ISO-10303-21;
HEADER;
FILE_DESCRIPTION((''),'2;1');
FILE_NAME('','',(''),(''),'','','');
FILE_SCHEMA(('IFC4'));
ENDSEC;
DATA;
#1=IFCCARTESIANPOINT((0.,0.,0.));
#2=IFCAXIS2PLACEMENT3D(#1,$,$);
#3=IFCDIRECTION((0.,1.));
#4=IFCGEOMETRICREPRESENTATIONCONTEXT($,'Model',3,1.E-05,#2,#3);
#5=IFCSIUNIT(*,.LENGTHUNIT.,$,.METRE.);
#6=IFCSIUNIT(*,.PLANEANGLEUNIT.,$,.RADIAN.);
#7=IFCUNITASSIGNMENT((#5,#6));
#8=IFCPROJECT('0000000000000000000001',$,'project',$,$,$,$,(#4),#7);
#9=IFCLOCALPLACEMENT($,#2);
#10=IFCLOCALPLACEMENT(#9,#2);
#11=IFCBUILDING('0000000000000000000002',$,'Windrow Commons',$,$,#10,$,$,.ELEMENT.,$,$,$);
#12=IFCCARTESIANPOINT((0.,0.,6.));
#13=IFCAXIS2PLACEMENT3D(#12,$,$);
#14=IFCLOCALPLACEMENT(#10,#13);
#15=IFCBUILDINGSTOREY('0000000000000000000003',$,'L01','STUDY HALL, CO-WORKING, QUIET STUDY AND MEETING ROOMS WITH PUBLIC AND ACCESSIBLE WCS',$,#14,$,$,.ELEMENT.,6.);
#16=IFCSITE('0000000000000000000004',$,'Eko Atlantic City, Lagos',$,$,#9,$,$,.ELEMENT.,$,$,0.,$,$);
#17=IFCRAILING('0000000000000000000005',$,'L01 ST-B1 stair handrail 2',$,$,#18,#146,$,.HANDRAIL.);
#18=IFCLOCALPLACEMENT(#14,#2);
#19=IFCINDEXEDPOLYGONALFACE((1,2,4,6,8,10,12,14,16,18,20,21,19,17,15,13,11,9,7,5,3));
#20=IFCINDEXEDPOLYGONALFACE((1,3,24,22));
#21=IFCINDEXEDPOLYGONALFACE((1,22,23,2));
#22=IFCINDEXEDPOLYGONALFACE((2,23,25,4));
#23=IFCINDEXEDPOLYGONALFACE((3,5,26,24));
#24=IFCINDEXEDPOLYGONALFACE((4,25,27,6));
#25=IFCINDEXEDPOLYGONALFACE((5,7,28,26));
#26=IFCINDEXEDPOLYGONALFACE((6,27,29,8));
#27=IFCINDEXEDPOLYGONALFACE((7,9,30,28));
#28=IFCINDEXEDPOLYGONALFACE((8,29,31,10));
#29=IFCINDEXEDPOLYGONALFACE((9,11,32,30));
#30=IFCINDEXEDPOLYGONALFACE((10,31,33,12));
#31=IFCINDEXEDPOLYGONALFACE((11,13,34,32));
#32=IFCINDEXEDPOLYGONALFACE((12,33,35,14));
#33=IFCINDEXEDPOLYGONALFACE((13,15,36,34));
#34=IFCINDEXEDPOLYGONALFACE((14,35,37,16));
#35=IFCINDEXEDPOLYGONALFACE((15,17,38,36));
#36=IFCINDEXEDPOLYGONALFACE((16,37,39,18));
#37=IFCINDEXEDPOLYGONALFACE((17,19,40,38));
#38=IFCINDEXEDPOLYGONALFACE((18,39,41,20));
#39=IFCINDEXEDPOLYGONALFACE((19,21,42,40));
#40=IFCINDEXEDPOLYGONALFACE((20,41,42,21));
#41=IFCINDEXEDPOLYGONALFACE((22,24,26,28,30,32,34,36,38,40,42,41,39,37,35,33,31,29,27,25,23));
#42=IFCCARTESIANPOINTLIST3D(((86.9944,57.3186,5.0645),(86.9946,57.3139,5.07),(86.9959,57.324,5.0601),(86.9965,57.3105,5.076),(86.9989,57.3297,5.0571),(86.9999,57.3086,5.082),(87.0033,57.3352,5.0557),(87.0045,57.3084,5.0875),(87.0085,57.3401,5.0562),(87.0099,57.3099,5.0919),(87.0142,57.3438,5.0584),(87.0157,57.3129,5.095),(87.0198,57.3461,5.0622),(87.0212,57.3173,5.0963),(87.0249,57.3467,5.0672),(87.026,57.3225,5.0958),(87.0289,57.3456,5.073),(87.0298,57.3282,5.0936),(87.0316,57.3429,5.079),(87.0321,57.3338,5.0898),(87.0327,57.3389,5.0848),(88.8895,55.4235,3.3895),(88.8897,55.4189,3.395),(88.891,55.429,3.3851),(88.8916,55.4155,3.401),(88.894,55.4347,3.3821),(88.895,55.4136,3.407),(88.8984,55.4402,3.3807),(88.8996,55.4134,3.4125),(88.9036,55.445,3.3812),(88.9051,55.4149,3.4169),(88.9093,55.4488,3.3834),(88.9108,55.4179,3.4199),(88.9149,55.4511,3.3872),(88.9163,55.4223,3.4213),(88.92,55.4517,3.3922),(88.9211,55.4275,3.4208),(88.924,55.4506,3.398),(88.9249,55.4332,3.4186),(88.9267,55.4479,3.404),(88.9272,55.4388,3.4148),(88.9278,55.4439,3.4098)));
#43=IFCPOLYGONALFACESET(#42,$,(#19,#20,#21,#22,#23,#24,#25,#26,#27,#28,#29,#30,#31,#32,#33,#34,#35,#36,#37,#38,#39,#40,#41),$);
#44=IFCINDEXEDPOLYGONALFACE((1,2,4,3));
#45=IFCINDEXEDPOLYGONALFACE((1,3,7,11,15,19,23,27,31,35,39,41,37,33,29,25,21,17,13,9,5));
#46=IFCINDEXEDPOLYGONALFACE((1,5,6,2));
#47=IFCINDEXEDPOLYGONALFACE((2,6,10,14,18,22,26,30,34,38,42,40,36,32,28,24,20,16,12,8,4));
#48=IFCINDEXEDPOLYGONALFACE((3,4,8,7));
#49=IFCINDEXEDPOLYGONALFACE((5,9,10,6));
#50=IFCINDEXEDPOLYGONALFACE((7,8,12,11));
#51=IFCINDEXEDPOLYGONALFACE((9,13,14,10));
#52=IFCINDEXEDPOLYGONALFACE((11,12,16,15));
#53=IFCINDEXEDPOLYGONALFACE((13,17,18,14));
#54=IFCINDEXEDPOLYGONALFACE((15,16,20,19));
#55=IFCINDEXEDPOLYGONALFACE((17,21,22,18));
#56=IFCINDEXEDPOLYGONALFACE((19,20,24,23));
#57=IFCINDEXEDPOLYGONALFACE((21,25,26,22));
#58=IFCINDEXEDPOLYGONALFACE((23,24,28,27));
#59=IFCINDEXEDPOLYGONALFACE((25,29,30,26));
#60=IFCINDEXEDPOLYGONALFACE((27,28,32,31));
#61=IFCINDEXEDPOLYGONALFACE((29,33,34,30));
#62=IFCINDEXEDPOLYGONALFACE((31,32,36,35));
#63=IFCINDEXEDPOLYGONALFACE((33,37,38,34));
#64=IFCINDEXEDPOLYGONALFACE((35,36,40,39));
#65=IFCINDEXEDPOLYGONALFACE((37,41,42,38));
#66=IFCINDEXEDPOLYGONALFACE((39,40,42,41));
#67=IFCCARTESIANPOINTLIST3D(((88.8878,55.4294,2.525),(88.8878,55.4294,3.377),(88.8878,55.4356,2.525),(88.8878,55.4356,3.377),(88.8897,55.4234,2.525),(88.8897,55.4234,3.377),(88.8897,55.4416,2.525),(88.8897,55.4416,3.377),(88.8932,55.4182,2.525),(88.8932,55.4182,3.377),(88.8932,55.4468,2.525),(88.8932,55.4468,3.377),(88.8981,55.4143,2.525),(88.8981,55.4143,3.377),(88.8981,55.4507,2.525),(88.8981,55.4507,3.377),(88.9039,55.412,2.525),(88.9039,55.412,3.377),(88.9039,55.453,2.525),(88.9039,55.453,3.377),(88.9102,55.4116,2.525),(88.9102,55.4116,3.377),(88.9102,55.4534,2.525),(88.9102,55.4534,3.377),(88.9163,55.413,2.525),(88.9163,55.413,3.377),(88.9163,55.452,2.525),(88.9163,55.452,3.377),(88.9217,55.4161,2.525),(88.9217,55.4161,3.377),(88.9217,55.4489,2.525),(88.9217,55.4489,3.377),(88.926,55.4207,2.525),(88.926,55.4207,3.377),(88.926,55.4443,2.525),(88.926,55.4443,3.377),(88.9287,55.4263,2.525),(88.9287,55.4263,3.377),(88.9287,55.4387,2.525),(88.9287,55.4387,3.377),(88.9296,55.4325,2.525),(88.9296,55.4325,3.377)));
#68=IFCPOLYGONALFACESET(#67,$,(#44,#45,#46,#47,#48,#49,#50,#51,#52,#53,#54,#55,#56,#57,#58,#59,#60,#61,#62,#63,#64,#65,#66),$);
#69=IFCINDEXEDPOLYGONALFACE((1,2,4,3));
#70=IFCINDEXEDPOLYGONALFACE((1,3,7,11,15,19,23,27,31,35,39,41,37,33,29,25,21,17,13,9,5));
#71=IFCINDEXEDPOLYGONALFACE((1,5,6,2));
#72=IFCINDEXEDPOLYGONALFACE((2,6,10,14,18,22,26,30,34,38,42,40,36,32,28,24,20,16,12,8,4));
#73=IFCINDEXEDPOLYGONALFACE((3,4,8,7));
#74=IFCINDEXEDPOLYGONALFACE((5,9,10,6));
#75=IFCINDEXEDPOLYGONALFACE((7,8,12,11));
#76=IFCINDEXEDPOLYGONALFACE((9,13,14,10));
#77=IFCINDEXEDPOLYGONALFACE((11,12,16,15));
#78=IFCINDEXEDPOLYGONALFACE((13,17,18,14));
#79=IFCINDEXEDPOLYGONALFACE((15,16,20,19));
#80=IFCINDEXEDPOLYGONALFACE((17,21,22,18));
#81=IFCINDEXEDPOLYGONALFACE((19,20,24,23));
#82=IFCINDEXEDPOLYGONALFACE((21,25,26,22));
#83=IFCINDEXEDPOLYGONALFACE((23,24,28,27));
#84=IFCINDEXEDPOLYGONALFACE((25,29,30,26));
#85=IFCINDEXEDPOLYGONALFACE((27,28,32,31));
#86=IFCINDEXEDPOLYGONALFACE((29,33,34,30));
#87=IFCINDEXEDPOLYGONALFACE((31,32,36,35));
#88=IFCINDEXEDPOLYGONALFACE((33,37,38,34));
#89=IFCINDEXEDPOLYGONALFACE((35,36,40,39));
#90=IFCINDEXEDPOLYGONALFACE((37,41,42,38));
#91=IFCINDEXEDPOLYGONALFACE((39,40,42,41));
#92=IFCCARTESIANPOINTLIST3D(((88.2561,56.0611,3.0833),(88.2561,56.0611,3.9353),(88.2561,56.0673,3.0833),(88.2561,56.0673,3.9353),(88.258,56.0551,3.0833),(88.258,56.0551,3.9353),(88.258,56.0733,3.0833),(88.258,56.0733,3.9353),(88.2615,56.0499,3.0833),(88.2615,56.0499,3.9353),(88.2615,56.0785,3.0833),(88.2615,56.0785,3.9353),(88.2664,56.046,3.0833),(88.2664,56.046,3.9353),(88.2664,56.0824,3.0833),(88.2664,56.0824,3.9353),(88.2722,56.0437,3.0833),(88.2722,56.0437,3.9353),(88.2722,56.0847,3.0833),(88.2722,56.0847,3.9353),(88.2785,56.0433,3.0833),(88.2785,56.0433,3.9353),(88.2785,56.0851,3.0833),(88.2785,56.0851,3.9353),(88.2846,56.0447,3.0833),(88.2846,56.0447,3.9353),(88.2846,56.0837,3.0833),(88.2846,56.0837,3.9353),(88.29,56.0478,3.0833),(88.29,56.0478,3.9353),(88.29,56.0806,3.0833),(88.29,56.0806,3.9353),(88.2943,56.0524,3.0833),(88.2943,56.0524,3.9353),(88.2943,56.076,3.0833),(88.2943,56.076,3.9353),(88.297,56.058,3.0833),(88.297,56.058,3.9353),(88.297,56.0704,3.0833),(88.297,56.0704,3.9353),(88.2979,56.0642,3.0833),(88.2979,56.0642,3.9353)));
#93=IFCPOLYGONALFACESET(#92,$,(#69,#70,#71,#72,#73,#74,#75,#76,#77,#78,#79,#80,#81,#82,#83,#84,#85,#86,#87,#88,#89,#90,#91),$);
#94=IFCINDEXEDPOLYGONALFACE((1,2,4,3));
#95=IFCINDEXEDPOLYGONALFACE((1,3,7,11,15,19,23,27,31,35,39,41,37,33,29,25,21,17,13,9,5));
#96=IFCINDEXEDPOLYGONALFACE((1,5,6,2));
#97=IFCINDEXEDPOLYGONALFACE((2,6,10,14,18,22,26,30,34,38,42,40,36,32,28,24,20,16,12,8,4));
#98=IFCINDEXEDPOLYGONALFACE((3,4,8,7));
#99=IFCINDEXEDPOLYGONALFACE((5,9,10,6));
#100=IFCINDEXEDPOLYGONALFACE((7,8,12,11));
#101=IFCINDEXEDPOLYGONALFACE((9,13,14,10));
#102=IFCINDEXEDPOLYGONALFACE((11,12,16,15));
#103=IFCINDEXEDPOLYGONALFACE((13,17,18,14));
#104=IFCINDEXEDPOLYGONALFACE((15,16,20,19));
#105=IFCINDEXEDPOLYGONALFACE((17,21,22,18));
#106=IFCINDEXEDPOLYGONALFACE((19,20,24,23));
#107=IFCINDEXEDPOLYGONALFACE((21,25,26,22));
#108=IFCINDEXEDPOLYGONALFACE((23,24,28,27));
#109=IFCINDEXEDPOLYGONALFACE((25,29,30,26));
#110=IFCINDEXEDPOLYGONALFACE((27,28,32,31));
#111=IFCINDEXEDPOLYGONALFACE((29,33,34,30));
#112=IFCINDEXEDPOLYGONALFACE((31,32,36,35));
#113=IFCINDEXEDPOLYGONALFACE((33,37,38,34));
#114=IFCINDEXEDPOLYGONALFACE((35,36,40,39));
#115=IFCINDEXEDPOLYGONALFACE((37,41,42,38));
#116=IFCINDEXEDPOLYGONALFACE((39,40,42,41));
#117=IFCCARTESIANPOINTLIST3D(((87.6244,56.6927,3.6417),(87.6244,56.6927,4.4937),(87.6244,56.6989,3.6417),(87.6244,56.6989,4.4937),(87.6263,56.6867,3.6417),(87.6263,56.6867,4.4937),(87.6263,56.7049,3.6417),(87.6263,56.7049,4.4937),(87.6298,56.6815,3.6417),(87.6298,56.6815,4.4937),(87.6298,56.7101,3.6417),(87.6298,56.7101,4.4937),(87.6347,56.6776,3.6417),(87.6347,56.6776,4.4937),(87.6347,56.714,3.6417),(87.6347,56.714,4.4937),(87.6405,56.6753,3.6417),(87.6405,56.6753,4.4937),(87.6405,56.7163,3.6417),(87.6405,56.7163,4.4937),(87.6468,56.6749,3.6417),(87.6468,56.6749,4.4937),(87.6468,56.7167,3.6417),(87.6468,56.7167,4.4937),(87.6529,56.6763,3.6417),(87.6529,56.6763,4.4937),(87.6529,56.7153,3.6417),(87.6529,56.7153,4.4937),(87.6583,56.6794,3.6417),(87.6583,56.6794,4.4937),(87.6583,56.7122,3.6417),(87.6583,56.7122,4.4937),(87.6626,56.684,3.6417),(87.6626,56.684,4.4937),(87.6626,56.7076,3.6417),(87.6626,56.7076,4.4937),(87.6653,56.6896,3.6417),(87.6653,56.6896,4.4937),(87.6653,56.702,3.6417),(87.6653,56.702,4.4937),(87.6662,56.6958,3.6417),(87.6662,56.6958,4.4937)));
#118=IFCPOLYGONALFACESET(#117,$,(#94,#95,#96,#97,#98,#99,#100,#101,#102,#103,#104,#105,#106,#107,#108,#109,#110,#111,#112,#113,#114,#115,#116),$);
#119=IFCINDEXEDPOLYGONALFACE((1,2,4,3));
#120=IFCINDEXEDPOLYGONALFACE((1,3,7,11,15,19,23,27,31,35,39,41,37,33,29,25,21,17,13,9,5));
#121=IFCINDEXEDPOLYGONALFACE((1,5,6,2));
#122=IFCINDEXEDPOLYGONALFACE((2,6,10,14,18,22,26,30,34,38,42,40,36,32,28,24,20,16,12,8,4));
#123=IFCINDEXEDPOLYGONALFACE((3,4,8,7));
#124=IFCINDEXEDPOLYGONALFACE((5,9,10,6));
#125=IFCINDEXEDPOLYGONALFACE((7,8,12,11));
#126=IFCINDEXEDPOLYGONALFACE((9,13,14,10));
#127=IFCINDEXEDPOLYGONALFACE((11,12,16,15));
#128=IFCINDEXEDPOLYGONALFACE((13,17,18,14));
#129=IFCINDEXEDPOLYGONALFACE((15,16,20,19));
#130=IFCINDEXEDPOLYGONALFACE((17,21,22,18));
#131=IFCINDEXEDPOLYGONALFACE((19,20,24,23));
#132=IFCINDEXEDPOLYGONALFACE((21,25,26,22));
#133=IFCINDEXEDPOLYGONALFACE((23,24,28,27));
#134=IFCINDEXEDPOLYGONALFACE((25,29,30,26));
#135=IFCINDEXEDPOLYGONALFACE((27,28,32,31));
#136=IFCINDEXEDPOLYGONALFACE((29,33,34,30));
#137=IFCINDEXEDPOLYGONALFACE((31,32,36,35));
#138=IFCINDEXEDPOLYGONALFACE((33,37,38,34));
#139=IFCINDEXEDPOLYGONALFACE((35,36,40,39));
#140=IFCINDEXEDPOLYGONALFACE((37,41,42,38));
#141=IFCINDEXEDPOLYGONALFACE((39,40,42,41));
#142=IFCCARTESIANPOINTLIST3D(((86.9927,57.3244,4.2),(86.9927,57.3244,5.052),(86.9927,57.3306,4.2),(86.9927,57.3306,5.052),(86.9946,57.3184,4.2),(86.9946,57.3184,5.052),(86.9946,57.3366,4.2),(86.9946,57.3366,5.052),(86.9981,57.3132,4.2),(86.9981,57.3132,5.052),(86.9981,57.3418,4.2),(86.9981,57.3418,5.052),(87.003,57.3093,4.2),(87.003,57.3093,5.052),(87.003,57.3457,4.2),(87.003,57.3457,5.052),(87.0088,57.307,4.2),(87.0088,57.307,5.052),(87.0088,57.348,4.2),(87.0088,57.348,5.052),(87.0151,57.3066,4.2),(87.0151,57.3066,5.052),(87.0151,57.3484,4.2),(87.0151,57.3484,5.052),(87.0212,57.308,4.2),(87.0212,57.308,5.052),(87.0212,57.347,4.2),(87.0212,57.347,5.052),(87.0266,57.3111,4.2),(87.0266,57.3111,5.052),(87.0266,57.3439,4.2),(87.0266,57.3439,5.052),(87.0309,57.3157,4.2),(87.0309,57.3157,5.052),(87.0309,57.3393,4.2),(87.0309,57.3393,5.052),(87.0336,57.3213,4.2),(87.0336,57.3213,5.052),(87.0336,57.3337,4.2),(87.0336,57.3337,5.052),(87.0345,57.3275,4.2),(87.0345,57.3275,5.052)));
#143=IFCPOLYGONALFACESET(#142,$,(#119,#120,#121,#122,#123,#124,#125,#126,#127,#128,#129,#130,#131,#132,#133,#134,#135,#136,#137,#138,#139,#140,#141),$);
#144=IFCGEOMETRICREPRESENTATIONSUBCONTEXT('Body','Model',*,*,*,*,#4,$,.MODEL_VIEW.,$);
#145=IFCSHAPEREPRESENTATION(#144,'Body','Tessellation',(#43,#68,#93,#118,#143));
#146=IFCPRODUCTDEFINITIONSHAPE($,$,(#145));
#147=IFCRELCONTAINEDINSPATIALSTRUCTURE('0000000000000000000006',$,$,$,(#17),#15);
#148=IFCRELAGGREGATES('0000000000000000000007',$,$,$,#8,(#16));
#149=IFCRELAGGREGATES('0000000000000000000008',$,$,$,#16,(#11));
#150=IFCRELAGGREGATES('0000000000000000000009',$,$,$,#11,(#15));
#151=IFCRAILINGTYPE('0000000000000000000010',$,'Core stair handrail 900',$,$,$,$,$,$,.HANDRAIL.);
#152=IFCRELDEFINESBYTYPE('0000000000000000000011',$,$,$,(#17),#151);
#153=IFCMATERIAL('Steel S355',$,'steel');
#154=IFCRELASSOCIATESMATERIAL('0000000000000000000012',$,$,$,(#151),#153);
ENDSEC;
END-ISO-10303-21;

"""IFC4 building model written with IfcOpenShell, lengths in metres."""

from ifc_helpers import new_model, si_unit, direction, frame, origin, origin_2d, place, context, subcontext, project, spatial, circle, extrude, material, type_object, element, save


model = new_model("IFC4")

# Units and contexts
model_context = context("Model", 3, precision=1e-05, world=origin(), true_north=direction((0.0, 1.0)))
body_context = subcontext(model_context, "Body", "Model", "MODEL_VIEW")
ifc_project = project(units=[si_unit("LENGTHUNIT", "METRE"), si_unit("PLANEANGLEUNIT", "RADIAN")], contexts=[model_context])

# Site, building, storey
site_placement = place(None, origin())
site = spatial("IfcSite", under=ifc_project, at=site_placement, Name="Eko Atlantic City, Lagos", CompositionType="ELEMENT", RefElevation=0.0)
building_placement = place(site_placement, origin())
building = spatial("IfcBuilding", under=site, at=building_placement, Name="Windrow Commons", CompositionType="ELEMENT")
storey_placement = place(building_placement, frame((0.0, 0.0, 6.0)))
storey = spatial("IfcBuildingStorey", under=building, at=storey_placement, Name="L01", Description="STUDY HALL, CO-WORKING, QUIET STUDY AND MEETING ROOMS WITH PUBLIC AND ACCESSIBLE WCS", CompositionType="ELEMENT", Elevation=6.0)

# Railing
ifc_material_1 = material(Name="Steel S355", Category="steel")
railing_type_1 = type_object("IfcRailingType", Name="Core stair handrail 900", PredefinedType="HANDRAIL", material=ifc_material_1)
railing_1_placement = place(storey_placement, frame((88.9086, 55.4325, 2.525)))
element("IfcRailing", 1, at=railing_1_placement, inside=storey, type_object=railing_type_1, Name="L01 ST-B1 stair handrail 2", PredefinedType="HANDRAIL", context=body_context, shape_type="SweptSolid", body=[
    extrude(circle(Radius=0.024, at=origin_2d()), frame((0.0, 0.0, 0.876), z_axis=(-0.599642, 0.59961, 0.529998), x_axis=(-0.707088, -0.707125, 0.0)), (0.0, 0.0, 1.0), 3.1604),
    extrude(circle(Radius=0.021, at=origin_2d()), origin(), (0.0, 0.0, 1.0), 0.852),
    extrude(circle(Radius=0.021, at=origin_2d()), frame((-0.6317, 0.6317, 0.5583)), (0.0, 0.0, 1.0), 0.852),
    extrude(circle(Radius=0.021, at=origin_2d()), frame((-1.2634, 1.2633, 1.1167)), (0.0, 0.0, 1.0), 0.852),
    extrude(circle(Radius=0.021, at=origin_2d()), frame((-1.8951, 1.895, 1.675)), (0.0, 0.0, 1.0), 0.852),
])

save(model, "model.ifc")
